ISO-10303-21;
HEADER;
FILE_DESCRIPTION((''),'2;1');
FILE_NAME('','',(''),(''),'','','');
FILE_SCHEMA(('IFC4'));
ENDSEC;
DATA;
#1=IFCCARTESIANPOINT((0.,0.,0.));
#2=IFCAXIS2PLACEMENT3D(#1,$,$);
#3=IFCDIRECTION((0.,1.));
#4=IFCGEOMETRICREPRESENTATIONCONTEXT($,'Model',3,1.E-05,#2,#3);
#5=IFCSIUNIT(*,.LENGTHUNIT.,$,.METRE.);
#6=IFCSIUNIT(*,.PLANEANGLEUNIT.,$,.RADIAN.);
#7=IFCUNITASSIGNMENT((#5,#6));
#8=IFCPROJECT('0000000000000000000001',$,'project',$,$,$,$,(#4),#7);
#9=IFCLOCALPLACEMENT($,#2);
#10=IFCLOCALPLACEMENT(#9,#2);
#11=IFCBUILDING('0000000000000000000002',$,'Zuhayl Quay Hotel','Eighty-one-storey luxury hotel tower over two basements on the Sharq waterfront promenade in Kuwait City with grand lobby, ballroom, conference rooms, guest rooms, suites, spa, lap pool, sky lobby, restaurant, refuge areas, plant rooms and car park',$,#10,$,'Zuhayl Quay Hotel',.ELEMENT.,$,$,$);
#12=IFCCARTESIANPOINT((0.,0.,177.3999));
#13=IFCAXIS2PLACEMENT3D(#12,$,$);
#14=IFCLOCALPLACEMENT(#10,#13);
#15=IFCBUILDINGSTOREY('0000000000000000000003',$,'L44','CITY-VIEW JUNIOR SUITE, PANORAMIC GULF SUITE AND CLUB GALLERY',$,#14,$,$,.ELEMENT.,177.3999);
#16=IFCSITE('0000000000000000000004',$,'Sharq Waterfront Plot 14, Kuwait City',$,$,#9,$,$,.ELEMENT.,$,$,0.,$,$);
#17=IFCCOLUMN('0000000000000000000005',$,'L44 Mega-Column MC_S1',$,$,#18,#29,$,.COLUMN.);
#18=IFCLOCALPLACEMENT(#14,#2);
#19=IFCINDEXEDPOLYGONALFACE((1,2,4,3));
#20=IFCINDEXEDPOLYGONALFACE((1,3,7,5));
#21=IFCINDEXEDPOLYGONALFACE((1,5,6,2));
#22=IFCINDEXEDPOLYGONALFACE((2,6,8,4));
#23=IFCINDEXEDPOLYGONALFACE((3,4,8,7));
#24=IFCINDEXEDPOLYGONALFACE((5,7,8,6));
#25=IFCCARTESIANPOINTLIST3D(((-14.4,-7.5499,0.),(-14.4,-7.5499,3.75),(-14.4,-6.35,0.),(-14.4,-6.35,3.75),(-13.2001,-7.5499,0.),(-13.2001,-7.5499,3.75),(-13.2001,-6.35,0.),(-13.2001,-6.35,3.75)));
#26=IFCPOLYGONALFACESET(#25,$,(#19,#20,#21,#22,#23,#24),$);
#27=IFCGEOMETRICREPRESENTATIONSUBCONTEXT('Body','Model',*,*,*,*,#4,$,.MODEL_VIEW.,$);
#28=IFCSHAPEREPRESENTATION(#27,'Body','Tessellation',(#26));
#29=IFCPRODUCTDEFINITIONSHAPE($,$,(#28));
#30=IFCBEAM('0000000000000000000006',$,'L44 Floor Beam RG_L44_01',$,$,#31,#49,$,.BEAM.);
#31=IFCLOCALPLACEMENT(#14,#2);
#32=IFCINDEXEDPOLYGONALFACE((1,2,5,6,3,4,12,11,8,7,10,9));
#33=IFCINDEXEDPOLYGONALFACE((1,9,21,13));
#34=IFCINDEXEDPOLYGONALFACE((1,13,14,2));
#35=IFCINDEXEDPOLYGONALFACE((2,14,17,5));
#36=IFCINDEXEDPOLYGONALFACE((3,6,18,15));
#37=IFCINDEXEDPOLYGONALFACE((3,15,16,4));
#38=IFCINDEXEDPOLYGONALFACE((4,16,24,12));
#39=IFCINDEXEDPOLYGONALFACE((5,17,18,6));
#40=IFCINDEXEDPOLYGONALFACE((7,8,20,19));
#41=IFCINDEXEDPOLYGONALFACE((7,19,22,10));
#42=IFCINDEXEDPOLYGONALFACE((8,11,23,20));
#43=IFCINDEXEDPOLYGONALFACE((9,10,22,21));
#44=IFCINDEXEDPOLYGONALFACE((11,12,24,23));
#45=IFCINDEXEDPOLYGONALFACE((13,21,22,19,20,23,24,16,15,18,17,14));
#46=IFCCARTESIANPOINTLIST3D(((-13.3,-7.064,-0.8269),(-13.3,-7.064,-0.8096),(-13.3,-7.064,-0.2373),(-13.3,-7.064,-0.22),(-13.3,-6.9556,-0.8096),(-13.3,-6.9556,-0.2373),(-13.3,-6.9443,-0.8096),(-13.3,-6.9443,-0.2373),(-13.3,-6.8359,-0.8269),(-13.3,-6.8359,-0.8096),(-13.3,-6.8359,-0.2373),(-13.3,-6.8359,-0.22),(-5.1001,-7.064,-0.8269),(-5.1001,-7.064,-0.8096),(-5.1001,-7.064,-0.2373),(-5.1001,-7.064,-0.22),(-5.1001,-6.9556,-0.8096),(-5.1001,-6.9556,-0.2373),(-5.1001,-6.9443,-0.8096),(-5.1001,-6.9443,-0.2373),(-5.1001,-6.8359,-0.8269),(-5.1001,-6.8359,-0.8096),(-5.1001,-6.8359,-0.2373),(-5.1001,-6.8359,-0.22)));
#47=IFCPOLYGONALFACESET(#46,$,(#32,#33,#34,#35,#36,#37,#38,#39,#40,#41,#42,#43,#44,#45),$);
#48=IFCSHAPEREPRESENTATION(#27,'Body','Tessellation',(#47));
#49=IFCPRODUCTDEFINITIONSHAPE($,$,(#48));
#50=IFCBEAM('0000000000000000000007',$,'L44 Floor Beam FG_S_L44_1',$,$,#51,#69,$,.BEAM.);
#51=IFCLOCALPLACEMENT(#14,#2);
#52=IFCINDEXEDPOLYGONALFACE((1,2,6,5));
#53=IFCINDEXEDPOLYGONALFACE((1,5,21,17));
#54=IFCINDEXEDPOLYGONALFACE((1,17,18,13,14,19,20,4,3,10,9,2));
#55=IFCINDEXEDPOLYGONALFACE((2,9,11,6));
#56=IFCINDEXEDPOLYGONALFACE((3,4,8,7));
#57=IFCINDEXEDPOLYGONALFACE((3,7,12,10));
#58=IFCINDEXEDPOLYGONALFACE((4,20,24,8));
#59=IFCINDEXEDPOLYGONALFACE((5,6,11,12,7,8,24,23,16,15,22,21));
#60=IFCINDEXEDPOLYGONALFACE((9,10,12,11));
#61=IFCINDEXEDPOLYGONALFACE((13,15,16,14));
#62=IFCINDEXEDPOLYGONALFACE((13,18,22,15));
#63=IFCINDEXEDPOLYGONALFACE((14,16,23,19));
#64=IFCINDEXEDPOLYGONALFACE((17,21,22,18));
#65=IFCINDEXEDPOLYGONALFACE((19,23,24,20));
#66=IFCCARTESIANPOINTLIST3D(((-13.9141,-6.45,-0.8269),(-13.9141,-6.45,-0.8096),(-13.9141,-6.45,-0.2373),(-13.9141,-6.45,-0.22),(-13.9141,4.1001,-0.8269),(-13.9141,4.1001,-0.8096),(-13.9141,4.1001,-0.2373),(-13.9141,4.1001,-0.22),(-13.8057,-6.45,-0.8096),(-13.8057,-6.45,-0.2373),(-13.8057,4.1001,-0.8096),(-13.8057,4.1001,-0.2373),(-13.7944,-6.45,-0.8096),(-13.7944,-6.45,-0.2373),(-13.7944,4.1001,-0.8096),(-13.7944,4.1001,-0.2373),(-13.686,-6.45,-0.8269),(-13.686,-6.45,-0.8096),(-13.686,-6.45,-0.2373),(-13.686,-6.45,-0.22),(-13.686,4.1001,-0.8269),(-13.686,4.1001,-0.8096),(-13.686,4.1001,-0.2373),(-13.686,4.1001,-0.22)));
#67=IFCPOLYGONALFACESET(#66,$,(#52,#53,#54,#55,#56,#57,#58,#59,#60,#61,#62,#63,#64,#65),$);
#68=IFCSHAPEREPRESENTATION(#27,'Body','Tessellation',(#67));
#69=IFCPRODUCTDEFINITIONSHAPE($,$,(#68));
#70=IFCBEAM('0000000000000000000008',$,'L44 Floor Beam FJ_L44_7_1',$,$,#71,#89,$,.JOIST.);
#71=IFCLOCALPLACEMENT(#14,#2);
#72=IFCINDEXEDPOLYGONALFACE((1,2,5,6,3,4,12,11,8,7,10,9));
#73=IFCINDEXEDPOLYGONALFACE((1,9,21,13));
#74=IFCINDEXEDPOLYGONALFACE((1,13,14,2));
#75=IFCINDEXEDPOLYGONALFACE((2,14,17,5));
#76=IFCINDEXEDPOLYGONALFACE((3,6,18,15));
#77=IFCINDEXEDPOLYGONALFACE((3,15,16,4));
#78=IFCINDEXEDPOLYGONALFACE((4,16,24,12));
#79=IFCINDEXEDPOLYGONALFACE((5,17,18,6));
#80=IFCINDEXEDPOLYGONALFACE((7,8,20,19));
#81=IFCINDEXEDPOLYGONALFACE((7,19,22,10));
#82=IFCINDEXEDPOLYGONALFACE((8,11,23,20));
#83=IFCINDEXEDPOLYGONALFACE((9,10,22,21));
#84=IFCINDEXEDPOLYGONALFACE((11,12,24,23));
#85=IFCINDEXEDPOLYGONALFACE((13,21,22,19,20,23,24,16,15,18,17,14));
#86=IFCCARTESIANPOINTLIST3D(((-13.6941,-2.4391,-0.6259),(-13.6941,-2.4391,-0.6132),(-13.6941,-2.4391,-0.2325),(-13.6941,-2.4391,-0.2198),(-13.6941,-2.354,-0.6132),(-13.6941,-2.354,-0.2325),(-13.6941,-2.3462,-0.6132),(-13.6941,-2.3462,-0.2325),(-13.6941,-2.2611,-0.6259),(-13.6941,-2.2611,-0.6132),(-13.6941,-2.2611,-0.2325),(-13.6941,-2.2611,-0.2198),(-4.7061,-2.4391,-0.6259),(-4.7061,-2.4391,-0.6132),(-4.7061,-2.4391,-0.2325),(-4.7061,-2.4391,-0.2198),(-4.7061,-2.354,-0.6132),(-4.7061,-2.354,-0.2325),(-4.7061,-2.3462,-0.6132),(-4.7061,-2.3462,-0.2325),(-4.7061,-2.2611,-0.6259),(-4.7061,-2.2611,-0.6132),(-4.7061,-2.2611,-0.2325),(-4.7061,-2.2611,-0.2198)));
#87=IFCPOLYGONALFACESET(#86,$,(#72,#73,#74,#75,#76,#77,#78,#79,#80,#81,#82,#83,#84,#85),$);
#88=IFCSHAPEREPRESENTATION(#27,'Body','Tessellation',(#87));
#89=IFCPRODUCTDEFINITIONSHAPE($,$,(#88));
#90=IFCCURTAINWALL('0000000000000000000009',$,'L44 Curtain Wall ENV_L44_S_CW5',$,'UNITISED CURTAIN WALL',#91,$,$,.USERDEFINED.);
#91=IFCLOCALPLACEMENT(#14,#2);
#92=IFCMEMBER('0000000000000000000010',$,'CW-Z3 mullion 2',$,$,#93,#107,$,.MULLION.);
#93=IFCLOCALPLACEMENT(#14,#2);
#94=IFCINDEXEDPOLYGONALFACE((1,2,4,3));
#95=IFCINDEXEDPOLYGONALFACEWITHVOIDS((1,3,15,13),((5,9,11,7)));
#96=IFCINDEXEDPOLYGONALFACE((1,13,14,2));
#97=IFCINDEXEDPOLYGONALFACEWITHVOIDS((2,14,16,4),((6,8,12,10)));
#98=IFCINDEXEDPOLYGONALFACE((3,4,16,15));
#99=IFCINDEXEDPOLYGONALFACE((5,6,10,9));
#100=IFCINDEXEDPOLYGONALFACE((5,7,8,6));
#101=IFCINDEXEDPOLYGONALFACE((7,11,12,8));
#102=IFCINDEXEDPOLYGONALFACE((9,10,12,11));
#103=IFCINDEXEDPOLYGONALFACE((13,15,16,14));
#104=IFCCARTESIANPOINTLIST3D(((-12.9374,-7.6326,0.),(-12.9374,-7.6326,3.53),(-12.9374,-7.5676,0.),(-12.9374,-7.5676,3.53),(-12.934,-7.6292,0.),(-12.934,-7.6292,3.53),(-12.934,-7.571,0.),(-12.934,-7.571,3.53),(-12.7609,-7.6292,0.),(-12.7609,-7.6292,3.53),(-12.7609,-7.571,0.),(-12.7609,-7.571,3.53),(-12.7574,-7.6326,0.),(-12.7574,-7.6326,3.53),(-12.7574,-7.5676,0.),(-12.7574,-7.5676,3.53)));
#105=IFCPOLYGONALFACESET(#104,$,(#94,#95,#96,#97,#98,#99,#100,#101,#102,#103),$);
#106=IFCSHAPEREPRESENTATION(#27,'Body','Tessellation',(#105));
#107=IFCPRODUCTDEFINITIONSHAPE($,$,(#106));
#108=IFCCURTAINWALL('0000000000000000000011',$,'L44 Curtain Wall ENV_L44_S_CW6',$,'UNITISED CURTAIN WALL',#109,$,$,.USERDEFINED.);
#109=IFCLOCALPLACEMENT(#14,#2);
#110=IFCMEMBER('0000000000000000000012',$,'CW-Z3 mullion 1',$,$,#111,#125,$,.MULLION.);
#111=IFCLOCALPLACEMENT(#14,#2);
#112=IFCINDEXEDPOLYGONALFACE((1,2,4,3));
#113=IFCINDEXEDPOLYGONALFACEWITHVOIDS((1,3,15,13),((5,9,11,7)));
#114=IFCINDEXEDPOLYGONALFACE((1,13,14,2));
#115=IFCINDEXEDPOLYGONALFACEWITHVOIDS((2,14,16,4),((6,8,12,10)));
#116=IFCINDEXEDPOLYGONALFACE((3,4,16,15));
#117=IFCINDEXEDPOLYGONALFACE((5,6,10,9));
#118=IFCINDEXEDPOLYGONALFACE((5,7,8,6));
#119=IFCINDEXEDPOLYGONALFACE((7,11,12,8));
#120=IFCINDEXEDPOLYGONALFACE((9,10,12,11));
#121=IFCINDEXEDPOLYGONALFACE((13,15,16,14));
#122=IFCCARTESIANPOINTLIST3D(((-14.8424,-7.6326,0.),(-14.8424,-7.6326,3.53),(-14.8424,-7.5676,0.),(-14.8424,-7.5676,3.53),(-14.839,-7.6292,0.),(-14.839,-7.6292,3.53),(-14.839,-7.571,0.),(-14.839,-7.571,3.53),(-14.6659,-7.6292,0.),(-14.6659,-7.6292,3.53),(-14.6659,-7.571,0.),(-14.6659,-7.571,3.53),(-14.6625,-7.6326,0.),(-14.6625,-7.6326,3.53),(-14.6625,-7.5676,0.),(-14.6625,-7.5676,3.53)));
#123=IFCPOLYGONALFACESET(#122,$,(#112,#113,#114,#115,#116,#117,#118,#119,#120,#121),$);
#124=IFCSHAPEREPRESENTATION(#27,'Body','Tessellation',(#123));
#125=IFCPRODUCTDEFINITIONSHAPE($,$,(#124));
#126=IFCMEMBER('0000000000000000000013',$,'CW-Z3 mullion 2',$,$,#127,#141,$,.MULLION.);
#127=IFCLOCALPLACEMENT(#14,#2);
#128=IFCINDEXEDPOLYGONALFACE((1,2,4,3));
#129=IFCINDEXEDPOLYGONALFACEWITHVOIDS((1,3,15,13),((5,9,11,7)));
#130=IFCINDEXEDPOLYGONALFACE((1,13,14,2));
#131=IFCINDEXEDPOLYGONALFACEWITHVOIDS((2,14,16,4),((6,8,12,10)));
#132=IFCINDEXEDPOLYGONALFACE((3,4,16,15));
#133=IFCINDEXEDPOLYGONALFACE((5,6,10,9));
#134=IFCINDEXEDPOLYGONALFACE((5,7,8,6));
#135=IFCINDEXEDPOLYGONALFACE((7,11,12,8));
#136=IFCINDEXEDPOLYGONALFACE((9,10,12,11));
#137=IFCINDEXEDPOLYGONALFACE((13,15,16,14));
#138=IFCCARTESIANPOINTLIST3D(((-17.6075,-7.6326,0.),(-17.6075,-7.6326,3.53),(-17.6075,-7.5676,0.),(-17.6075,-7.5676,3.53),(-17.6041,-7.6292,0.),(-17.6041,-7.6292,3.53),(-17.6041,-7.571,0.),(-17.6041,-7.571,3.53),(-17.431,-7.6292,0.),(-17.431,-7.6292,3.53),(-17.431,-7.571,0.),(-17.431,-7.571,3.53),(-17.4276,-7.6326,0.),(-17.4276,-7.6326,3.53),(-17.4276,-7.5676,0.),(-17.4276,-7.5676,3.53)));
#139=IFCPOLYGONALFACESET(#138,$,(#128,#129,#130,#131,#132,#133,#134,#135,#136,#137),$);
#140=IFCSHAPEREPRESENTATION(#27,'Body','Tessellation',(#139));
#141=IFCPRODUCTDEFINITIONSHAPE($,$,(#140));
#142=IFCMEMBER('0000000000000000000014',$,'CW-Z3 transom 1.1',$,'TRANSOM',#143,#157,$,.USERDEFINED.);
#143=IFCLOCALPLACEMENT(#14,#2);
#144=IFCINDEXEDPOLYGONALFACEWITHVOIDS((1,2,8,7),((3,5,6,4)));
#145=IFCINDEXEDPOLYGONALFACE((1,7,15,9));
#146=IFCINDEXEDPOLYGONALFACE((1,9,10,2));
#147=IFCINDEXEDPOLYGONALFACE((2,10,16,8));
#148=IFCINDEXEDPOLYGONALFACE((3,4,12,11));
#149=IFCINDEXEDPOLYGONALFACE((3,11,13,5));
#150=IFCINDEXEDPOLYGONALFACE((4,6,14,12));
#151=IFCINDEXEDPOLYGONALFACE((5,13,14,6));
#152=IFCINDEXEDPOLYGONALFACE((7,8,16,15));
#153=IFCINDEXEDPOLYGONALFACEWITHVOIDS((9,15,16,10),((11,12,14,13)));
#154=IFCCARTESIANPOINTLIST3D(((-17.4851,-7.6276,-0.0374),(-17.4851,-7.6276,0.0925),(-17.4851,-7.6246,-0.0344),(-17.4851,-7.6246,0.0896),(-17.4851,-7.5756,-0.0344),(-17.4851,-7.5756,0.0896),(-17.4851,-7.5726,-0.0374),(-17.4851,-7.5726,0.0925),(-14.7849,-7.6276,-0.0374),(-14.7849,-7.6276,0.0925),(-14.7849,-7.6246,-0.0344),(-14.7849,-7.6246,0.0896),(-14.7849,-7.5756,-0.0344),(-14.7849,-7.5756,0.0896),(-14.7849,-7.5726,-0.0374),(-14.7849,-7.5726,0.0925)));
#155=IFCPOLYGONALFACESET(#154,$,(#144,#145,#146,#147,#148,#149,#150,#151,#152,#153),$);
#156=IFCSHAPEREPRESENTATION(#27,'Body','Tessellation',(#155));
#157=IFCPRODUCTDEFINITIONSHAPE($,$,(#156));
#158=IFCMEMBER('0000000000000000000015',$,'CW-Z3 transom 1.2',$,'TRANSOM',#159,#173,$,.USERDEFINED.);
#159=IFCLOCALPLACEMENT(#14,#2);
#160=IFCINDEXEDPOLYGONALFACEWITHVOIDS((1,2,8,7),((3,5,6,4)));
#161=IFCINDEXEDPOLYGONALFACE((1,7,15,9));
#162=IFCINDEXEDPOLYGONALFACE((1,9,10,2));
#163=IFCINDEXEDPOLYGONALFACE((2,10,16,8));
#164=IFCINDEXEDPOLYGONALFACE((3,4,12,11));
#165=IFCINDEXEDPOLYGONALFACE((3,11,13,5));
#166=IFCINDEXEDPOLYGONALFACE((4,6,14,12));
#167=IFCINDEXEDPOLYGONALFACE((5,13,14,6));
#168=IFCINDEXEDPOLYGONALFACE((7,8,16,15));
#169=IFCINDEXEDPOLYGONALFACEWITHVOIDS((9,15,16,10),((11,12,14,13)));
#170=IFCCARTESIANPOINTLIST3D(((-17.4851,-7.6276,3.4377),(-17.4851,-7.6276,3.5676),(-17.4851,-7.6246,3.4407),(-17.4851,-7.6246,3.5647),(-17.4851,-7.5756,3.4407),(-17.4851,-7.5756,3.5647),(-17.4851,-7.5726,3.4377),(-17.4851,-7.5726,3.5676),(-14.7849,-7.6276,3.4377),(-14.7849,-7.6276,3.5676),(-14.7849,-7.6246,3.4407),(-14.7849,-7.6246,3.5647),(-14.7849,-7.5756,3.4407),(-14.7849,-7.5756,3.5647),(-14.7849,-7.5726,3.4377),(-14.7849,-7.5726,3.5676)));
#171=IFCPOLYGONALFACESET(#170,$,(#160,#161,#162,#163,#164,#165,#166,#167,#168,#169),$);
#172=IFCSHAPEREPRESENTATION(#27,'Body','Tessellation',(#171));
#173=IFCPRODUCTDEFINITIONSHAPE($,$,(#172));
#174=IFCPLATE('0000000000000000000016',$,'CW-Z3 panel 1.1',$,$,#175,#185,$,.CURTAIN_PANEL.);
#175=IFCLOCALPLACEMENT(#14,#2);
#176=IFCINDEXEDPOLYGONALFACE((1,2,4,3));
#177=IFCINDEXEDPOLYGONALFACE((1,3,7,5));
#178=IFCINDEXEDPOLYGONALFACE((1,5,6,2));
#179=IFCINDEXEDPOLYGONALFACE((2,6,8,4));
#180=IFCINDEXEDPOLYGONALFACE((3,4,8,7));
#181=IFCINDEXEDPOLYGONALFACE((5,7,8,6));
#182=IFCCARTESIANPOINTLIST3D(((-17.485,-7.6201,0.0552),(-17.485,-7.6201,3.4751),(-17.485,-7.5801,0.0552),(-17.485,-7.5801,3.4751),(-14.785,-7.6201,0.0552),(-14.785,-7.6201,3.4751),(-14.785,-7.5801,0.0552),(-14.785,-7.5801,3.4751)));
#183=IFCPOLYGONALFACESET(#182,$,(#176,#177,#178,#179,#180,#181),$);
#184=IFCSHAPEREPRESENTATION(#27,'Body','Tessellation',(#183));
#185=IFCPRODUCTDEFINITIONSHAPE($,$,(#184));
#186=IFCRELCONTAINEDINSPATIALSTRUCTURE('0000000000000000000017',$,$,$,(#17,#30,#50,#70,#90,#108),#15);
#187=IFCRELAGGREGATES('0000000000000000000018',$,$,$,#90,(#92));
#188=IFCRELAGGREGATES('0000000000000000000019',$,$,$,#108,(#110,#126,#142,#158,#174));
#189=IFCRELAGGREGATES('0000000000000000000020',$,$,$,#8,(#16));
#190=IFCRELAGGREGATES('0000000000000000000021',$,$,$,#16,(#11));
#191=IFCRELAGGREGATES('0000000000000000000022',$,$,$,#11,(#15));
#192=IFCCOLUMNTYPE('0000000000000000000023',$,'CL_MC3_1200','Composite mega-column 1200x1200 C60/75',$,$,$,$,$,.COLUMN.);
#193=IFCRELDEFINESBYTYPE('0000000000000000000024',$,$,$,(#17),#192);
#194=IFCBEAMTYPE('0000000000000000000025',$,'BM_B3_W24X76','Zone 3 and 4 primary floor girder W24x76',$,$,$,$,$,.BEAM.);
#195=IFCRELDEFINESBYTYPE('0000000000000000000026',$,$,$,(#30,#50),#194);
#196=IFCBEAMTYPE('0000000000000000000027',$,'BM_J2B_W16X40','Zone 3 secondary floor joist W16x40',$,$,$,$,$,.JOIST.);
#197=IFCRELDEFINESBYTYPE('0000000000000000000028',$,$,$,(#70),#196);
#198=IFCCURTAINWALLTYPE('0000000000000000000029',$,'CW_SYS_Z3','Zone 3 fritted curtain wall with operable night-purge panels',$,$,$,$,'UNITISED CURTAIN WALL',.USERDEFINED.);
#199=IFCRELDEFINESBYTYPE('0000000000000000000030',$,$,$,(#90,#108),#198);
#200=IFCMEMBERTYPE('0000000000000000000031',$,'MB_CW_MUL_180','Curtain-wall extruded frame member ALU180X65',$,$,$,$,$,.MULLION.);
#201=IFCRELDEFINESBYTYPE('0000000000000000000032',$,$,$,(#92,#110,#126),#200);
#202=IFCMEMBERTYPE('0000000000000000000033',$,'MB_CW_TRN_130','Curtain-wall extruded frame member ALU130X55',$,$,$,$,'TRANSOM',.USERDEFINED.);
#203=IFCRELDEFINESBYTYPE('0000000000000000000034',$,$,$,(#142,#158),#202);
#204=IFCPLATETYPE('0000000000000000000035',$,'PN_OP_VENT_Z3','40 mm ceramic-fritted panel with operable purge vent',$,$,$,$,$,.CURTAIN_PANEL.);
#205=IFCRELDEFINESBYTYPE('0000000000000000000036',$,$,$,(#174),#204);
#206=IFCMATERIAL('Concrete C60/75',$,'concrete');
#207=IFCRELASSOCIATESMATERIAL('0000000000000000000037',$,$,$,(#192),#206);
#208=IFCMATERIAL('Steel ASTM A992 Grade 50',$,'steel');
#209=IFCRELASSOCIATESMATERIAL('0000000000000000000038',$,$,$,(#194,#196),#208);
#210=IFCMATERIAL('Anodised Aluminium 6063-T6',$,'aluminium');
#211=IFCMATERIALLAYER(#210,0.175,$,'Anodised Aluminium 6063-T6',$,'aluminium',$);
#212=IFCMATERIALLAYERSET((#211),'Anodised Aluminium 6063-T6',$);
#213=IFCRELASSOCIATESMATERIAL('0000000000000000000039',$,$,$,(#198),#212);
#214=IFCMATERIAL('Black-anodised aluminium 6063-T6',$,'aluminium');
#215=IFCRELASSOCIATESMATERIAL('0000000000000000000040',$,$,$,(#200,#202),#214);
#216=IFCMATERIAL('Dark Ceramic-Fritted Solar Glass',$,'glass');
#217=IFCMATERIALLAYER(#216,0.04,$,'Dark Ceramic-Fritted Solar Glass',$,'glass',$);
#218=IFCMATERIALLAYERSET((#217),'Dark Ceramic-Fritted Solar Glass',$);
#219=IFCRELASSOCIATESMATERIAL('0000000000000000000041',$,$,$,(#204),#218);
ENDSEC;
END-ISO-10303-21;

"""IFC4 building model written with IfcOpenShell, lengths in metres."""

from ifc_helpers import new_model, si_unit, direction, frame, origin, origin_2d, place, context, subcontext, project, spatial, rectangle, hollow_rectangle, i_section, extrude, material, layer, layer_set, material_profile, profile_set, type_object, element, aggregate, save


model = new_model("IFC4")

# Units and contexts
model_context = context("Model", 3, precision=1e-05, world=origin(), true_north=direction((0.0, 1.0)))
body_context = subcontext(model_context, "Body", "Model", "MODEL_VIEW")
ifc_project = project(units=[si_unit("LENGTHUNIT", "METRE"), si_unit("PLANEANGLEUNIT", "RADIAN")], contexts=[model_context])

# Site, building, storey
site_placement = place(None, origin())
site = spatial("IfcSite", under=ifc_project, at=site_placement, Name="Sharq Waterfront Plot 14, Kuwait City", CompositionType="ELEMENT", RefElevation=0.0)
building_placement = place(site_placement, origin())
building = spatial("IfcBuilding", under=site, at=building_placement, Name="Zuhayl Quay Hotel", Description="Eighty-one-storey luxury hotel tower over two basements on the Sharq waterfront promenade in Kuwait City with grand lobby, ballroom, conference rooms, guest rooms, suites, spa, lap pool, sky lobby, restaurant, refuge areas, plant rooms and car park", LongName="Zuhayl Quay Hotel", CompositionType="ELEMENT")
storey_placement = place(building_placement, frame((0.0, 0.0, 177.3999)))
storey = spatial("IfcBuildingStorey", under=building, at=storey_placement, Name="L44", Description="CITY-VIEW JUNIOR SUITE, PANORAMIC GULF SUITE AND CLUB GALLERY", CompositionType="ELEMENT", Elevation=177.3999)

# Column
ifc_material_1 = material(Name="Concrete C60/75", Category="concrete")
ifc_material_profile_1 = material_profile(ifc_material_1, rectangle(XDim=1.2, YDim=1.2, at=origin_2d()), Name="RC1200X1200")
ifc_profile_set_1 = profile_set([ifc_material_profile_1], Name="Concrete C60/75")
column_type = type_object("IfcColumnType", Name="CL_MC3_1200", Description="Composite mega-column 1200x1200 C60/75", PredefinedType="COLUMN", material=ifc_profile_set_1)
column_placement = place(storey_placement, frame((-13.8, -6.95, 0.0), z_axis=(0.0, 0.0, 1.0), x_axis=(1.0, 0.0, 0.0)))
element("IfcColumn", 1, at=column_placement, inside=storey, type_object=column_type, Name="L44 Mega-Column MC_S1", PredefinedType="COLUMN", context=body_context, shape_type="SweptSolid", body=[
    extrude(rectangle(XDim=1.2, YDim=1.2, at=origin_2d()), origin(), (0.0, 0.0, 1.0), 3.75),
])

# Beams
ifc_material_2 = material(Name="Steel ASTM A992 Grade 50", Category="steel")
ifc_material_profile_2 = material_profile(ifc_material_2, i_section(OverallWidth=0.228, OverallDepth=0.6069, WebThickness=0.0112, FlangeThickness=0.0173, at=origin_2d()), Name="W24X76")
ifc_profile_set_2 = profile_set([ifc_material_profile_2], Name="Steel ASTM A992 Grade 50")
beam_type_1 = type_object("IfcBeamType", Name="BM_B3_W24X76", Description="Zone 3 and 4 primary floor girder W24x76", PredefinedType="BEAM", material=ifc_profile_set_2)
beam_1_placement = place(storey_placement, frame((-13.3, -6.95, -0.5234), z_axis=(1.0, 0.0, 0.0), x_axis=(0.0, 1.0, 0.0)))
element("IfcBeam", 2, at=beam_1_placement, inside=storey, type_object=beam_type_1, Name="L44 Floor Beam RG_L44_01", PredefinedType="BEAM", context=body_context, shape_type="SweptSolid", body=[
    extrude(i_section(OverallWidth=0.228, OverallDepth=0.6069, WebThickness=0.0112, FlangeThickness=0.0173, at=origin_2d()), origin(), (0.0, 0.0, 1.0), 8.2),
])
beam_2_placement = place(storey_placement, frame((-13.8, -6.45, -0.5234), z_axis=(0.0, 1.0, 0.0), x_axis=(-1.0, 0.0, 0.0)))
element("IfcBeam", 3, at=beam_2_placement, inside=storey, type_object=beam_type_1, Name="L44 Floor Beam FG_S_L44_1", PredefinedType="BEAM", context=body_context, shape_type="SweptSolid", body=[
    extrude(i_section(OverallWidth=0.228, OverallDepth=0.6069, WebThickness=0.0112, FlangeThickness=0.0173, at=origin_2d()), origin(), (0.0, 0.0, 1.0), 10.55),
])
ifc_material_profile_3 = material_profile(ifc_material_2, i_section(OverallWidth=0.178, OverallDepth=0.406, WebThickness=0.0078, FlangeThickness=0.0127, at=origin_2d()), Name="W16X40")
ifc_profile_set_3 = profile_set([ifc_material_profile_3], Name="Steel ASTM A992 Grade 50")
beam_type_2 = type_object("IfcBeamType", Name="BM_J2B_W16X40", Description="Zone 3 secondary floor joist W16x40", PredefinedType="JOIST", material=ifc_profile_set_3)
beam_3_placement = place(storey_placement, frame((-13.6941, -2.3501, -0.4229), z_axis=(1.0, 0.0, 0.0), x_axis=(0.0, 1.0, 0.0)))
element("IfcBeam", 4, at=beam_3_placement, inside=storey, type_object=beam_type_2, Name="L44 Floor Beam FJ_L44_7_1", PredefinedType="JOIST", context=body_context, shape_type="SweptSolid", body=[
    extrude(i_section(OverallWidth=0.178, OverallDepth=0.406, WebThickness=0.0078, FlangeThickness=0.0127, at=origin_2d()), origin(), (0.0, 0.0, 1.0), 8.988),
])

# Curtain wall, member
ifc_material_3 = material(Name="Anodised Aluminium 6063-T6", Category="aluminium")
ifc_layer_1 = layer(ifc_material_3, 0.175, Name="Anodised Aluminium 6063-T6", Category="aluminium")
ifc_layer_set_1 = layer_set([ifc_layer_1], Name="Anodised Aluminium 6063-T6")
curtain_wall_type = type_object("IfcCurtainWallType", Name="CW_SYS_Z3", Description="Zone 3 fritted curtain wall with operable night-purge panels", ElementType="UNITISED CURTAIN WALL", PredefinedType="USERDEFINED", material=ifc_layer_set_1)
curtain_wall_1_placement = place(storey_placement, origin())
curtain_wall_1 = element("IfcCurtainWall", 5, at=curtain_wall_1_placement, inside=storey, type_object=curtain_wall_type, Name="L44 Curtain Wall ENV_L44_S_CW5", ObjectType="UNITISED CURTAIN WALL", PredefinedType="USERDEFINED")
ifc_material_4 = material(Name="Black-anodised aluminium 6063-T6", Category="aluminium")
ifc_material_profile_4 = material_profile(ifc_material_4, hollow_rectangle(XDim=0.0649, YDim=0.1799, WallThickness=0.0034, at=origin_2d()), Name="ALU180X65")
ifc_profile_set_4 = profile_set([ifc_material_profile_4], Name="Black-anodised aluminium 6063-T6")
member_type_1 = type_object("IfcMemberType", Name="MB_CW_MUL_180", Description="Curtain-wall extruded frame member ALU180X65", PredefinedType="MULLION", material=ifc_profile_set_4)
member_1_placement = place(storey_placement, frame((-12.8474, -7.6001, 0.0), z_axis=(0.0, 0.0, 1.0), x_axis=(0.0, -1.0, 0.0)))
member_1 = element("IfcMember", 6, at=member_1_placement, type_object=member_type_1, Name="CW-Z3 mullion 2", PredefinedType="MULLION", context=body_context, shape_type="SweptSolid", body=[
    extrude(hollow_rectangle(XDim=0.0649, YDim=0.1799, WallThickness=0.0034, at=origin_2d()), origin(), (0.0, 0.0, 1.0), 3.53),
])
aggregate(curtain_wall_1, [member_1])

# Curtain wall, members, plate
curtain_wall_2_placement = place(storey_placement, origin())
curtain_wall_2 = element("IfcCurtainWall", 7, at=curtain_wall_2_placement, inside=storey, type_object=curtain_wall_type, Name="L44 Curtain Wall ENV_L44_S_CW6", ObjectType="UNITISED CURTAIN WALL", PredefinedType="USERDEFINED")
member_2_placement = place(storey_placement, frame((-14.7524, -7.6001, 0.0), z_axis=(0.0, 0.0, 1.0), x_axis=(0.0, -1.0, 0.0)))
member_2 = element("IfcMember", 8, at=member_2_placement, type_object=member_type_1, Name="CW-Z3 mullion 1", PredefinedType="MULLION", context=body_context, shape_type="SweptSolid", body=[
    extrude(hollow_rectangle(XDim=0.0649, YDim=0.1799, WallThickness=0.0034, at=origin_2d()), origin(), (0.0, 0.0, 1.0), 3.53),
])
member_3_placement = place(storey_placement, frame((-17.5176, -7.6001, 0.0), z_axis=(0.0, 0.0, 1.0), x_axis=(0.0, -1.0, 0.0)))
member_3 = element("IfcMember", 9, at=member_3_placement, type_object=member_type_1, Name="CW-Z3 mullion 2", PredefinedType="MULLION", context=body_context, shape_type="SweptSolid", body=[
    extrude(hollow_rectangle(XDim=0.0649, YDim=0.1799, WallThickness=0.0034, at=origin_2d()), origin(), (0.0, 0.0, 1.0), 3.53),
])
ifc_material_profile_5 = material_profile(ifc_material_4, hollow_rectangle(XDim=0.0549, YDim=0.1299, WallThickness=0.0029, at=origin_2d()), Name="ALU130X55")
ifc_profile_set_5 = profile_set([ifc_material_profile_5], Name="Black-anodised aluminium 6063-T6")
member_type_2 = type_object("IfcMemberType", Name="MB_CW_TRN_130", Description="Curtain-wall extruded frame member ALU130X55", ElementType="TRANSOM", PredefinedType="USERDEFINED", material=ifc_profile_set_5)
member_4_placement = place(storey_placement, frame((-14.7849, -7.6001, 0.0276), z_axis=(-1.0, 0.0, 0.0), x_axis=(0.0, -1.0, 0.0)))
member_4 = element("IfcMember", 10, at=member_4_placement, type_object=member_type_2, Name="CW-Z3 transom 1.1", ObjectType="TRANSOM", PredefinedType="USERDEFINED", context=body_context, shape_type="SweptSolid", body=[
    extrude(hollow_rectangle(XDim=0.0549, YDim=0.1299, WallThickness=0.0029, at=origin_2d()), origin(), (0.0, 0.0, 1.0), 2.7002),
])
member_5_placement = place(storey_placement, frame((-14.7849, -7.6001, 3.5027), z_axis=(-1.0, 0.0, 0.0), x_axis=(0.0, -1.0, 0.0)))
member_5 = element("IfcMember", 11, at=member_5_placement, type_object=member_type_2, Name="CW-Z3 transom 1.2", ObjectType="TRANSOM", PredefinedType="USERDEFINED", context=body_context, shape_type="SweptSolid", body=[
    extrude(hollow_rectangle(XDim=0.0549, YDim=0.1299, WallThickness=0.0029, at=origin_2d()), origin(), (0.0, 0.0, 1.0), 2.7002),
])
ifc_material_5 = material(Name="Dark Ceramic-Fritted Solar Glass", Category="glass")
ifc_layer_2 = layer(ifc_material_5, 0.04, Name="Dark Ceramic-Fritted Solar Glass", Category="glass")
ifc_layer_set_2 = layer_set([ifc_layer_2], Name="Dark Ceramic-Fritted Solar Glass")
plate_type = type_object("IfcPlateType", Name="PN_OP_VENT_Z3", Description="40 mm ceramic-fritted panel with operable purge vent", PredefinedType="CURTAIN_PANEL", material=ifc_layer_set_2)
plate_placement = place(storey_placement, frame((-16.135, -7.6001, 0.0552), z_axis=(0.0, 0.0, 1.0), x_axis=(-1.0, 0.0, 0.0)))
plate = element("IfcPlate", 12, at=plate_placement, type_object=plate_type, Name="CW-Z3 panel 1.1", PredefinedType="CURTAIN_PANEL", context=body_context, shape_type="SweptSolid", body=[
    extrude(rectangle(XDim=2.7, YDim=0.04, at=origin_2d()), origin(), (0.0, 0.0, 1.0), 3.4199),
])
aggregate(curtain_wall_2, [member_2, member_3, member_4, member_5, plate])

save(model, "model.ifc")
